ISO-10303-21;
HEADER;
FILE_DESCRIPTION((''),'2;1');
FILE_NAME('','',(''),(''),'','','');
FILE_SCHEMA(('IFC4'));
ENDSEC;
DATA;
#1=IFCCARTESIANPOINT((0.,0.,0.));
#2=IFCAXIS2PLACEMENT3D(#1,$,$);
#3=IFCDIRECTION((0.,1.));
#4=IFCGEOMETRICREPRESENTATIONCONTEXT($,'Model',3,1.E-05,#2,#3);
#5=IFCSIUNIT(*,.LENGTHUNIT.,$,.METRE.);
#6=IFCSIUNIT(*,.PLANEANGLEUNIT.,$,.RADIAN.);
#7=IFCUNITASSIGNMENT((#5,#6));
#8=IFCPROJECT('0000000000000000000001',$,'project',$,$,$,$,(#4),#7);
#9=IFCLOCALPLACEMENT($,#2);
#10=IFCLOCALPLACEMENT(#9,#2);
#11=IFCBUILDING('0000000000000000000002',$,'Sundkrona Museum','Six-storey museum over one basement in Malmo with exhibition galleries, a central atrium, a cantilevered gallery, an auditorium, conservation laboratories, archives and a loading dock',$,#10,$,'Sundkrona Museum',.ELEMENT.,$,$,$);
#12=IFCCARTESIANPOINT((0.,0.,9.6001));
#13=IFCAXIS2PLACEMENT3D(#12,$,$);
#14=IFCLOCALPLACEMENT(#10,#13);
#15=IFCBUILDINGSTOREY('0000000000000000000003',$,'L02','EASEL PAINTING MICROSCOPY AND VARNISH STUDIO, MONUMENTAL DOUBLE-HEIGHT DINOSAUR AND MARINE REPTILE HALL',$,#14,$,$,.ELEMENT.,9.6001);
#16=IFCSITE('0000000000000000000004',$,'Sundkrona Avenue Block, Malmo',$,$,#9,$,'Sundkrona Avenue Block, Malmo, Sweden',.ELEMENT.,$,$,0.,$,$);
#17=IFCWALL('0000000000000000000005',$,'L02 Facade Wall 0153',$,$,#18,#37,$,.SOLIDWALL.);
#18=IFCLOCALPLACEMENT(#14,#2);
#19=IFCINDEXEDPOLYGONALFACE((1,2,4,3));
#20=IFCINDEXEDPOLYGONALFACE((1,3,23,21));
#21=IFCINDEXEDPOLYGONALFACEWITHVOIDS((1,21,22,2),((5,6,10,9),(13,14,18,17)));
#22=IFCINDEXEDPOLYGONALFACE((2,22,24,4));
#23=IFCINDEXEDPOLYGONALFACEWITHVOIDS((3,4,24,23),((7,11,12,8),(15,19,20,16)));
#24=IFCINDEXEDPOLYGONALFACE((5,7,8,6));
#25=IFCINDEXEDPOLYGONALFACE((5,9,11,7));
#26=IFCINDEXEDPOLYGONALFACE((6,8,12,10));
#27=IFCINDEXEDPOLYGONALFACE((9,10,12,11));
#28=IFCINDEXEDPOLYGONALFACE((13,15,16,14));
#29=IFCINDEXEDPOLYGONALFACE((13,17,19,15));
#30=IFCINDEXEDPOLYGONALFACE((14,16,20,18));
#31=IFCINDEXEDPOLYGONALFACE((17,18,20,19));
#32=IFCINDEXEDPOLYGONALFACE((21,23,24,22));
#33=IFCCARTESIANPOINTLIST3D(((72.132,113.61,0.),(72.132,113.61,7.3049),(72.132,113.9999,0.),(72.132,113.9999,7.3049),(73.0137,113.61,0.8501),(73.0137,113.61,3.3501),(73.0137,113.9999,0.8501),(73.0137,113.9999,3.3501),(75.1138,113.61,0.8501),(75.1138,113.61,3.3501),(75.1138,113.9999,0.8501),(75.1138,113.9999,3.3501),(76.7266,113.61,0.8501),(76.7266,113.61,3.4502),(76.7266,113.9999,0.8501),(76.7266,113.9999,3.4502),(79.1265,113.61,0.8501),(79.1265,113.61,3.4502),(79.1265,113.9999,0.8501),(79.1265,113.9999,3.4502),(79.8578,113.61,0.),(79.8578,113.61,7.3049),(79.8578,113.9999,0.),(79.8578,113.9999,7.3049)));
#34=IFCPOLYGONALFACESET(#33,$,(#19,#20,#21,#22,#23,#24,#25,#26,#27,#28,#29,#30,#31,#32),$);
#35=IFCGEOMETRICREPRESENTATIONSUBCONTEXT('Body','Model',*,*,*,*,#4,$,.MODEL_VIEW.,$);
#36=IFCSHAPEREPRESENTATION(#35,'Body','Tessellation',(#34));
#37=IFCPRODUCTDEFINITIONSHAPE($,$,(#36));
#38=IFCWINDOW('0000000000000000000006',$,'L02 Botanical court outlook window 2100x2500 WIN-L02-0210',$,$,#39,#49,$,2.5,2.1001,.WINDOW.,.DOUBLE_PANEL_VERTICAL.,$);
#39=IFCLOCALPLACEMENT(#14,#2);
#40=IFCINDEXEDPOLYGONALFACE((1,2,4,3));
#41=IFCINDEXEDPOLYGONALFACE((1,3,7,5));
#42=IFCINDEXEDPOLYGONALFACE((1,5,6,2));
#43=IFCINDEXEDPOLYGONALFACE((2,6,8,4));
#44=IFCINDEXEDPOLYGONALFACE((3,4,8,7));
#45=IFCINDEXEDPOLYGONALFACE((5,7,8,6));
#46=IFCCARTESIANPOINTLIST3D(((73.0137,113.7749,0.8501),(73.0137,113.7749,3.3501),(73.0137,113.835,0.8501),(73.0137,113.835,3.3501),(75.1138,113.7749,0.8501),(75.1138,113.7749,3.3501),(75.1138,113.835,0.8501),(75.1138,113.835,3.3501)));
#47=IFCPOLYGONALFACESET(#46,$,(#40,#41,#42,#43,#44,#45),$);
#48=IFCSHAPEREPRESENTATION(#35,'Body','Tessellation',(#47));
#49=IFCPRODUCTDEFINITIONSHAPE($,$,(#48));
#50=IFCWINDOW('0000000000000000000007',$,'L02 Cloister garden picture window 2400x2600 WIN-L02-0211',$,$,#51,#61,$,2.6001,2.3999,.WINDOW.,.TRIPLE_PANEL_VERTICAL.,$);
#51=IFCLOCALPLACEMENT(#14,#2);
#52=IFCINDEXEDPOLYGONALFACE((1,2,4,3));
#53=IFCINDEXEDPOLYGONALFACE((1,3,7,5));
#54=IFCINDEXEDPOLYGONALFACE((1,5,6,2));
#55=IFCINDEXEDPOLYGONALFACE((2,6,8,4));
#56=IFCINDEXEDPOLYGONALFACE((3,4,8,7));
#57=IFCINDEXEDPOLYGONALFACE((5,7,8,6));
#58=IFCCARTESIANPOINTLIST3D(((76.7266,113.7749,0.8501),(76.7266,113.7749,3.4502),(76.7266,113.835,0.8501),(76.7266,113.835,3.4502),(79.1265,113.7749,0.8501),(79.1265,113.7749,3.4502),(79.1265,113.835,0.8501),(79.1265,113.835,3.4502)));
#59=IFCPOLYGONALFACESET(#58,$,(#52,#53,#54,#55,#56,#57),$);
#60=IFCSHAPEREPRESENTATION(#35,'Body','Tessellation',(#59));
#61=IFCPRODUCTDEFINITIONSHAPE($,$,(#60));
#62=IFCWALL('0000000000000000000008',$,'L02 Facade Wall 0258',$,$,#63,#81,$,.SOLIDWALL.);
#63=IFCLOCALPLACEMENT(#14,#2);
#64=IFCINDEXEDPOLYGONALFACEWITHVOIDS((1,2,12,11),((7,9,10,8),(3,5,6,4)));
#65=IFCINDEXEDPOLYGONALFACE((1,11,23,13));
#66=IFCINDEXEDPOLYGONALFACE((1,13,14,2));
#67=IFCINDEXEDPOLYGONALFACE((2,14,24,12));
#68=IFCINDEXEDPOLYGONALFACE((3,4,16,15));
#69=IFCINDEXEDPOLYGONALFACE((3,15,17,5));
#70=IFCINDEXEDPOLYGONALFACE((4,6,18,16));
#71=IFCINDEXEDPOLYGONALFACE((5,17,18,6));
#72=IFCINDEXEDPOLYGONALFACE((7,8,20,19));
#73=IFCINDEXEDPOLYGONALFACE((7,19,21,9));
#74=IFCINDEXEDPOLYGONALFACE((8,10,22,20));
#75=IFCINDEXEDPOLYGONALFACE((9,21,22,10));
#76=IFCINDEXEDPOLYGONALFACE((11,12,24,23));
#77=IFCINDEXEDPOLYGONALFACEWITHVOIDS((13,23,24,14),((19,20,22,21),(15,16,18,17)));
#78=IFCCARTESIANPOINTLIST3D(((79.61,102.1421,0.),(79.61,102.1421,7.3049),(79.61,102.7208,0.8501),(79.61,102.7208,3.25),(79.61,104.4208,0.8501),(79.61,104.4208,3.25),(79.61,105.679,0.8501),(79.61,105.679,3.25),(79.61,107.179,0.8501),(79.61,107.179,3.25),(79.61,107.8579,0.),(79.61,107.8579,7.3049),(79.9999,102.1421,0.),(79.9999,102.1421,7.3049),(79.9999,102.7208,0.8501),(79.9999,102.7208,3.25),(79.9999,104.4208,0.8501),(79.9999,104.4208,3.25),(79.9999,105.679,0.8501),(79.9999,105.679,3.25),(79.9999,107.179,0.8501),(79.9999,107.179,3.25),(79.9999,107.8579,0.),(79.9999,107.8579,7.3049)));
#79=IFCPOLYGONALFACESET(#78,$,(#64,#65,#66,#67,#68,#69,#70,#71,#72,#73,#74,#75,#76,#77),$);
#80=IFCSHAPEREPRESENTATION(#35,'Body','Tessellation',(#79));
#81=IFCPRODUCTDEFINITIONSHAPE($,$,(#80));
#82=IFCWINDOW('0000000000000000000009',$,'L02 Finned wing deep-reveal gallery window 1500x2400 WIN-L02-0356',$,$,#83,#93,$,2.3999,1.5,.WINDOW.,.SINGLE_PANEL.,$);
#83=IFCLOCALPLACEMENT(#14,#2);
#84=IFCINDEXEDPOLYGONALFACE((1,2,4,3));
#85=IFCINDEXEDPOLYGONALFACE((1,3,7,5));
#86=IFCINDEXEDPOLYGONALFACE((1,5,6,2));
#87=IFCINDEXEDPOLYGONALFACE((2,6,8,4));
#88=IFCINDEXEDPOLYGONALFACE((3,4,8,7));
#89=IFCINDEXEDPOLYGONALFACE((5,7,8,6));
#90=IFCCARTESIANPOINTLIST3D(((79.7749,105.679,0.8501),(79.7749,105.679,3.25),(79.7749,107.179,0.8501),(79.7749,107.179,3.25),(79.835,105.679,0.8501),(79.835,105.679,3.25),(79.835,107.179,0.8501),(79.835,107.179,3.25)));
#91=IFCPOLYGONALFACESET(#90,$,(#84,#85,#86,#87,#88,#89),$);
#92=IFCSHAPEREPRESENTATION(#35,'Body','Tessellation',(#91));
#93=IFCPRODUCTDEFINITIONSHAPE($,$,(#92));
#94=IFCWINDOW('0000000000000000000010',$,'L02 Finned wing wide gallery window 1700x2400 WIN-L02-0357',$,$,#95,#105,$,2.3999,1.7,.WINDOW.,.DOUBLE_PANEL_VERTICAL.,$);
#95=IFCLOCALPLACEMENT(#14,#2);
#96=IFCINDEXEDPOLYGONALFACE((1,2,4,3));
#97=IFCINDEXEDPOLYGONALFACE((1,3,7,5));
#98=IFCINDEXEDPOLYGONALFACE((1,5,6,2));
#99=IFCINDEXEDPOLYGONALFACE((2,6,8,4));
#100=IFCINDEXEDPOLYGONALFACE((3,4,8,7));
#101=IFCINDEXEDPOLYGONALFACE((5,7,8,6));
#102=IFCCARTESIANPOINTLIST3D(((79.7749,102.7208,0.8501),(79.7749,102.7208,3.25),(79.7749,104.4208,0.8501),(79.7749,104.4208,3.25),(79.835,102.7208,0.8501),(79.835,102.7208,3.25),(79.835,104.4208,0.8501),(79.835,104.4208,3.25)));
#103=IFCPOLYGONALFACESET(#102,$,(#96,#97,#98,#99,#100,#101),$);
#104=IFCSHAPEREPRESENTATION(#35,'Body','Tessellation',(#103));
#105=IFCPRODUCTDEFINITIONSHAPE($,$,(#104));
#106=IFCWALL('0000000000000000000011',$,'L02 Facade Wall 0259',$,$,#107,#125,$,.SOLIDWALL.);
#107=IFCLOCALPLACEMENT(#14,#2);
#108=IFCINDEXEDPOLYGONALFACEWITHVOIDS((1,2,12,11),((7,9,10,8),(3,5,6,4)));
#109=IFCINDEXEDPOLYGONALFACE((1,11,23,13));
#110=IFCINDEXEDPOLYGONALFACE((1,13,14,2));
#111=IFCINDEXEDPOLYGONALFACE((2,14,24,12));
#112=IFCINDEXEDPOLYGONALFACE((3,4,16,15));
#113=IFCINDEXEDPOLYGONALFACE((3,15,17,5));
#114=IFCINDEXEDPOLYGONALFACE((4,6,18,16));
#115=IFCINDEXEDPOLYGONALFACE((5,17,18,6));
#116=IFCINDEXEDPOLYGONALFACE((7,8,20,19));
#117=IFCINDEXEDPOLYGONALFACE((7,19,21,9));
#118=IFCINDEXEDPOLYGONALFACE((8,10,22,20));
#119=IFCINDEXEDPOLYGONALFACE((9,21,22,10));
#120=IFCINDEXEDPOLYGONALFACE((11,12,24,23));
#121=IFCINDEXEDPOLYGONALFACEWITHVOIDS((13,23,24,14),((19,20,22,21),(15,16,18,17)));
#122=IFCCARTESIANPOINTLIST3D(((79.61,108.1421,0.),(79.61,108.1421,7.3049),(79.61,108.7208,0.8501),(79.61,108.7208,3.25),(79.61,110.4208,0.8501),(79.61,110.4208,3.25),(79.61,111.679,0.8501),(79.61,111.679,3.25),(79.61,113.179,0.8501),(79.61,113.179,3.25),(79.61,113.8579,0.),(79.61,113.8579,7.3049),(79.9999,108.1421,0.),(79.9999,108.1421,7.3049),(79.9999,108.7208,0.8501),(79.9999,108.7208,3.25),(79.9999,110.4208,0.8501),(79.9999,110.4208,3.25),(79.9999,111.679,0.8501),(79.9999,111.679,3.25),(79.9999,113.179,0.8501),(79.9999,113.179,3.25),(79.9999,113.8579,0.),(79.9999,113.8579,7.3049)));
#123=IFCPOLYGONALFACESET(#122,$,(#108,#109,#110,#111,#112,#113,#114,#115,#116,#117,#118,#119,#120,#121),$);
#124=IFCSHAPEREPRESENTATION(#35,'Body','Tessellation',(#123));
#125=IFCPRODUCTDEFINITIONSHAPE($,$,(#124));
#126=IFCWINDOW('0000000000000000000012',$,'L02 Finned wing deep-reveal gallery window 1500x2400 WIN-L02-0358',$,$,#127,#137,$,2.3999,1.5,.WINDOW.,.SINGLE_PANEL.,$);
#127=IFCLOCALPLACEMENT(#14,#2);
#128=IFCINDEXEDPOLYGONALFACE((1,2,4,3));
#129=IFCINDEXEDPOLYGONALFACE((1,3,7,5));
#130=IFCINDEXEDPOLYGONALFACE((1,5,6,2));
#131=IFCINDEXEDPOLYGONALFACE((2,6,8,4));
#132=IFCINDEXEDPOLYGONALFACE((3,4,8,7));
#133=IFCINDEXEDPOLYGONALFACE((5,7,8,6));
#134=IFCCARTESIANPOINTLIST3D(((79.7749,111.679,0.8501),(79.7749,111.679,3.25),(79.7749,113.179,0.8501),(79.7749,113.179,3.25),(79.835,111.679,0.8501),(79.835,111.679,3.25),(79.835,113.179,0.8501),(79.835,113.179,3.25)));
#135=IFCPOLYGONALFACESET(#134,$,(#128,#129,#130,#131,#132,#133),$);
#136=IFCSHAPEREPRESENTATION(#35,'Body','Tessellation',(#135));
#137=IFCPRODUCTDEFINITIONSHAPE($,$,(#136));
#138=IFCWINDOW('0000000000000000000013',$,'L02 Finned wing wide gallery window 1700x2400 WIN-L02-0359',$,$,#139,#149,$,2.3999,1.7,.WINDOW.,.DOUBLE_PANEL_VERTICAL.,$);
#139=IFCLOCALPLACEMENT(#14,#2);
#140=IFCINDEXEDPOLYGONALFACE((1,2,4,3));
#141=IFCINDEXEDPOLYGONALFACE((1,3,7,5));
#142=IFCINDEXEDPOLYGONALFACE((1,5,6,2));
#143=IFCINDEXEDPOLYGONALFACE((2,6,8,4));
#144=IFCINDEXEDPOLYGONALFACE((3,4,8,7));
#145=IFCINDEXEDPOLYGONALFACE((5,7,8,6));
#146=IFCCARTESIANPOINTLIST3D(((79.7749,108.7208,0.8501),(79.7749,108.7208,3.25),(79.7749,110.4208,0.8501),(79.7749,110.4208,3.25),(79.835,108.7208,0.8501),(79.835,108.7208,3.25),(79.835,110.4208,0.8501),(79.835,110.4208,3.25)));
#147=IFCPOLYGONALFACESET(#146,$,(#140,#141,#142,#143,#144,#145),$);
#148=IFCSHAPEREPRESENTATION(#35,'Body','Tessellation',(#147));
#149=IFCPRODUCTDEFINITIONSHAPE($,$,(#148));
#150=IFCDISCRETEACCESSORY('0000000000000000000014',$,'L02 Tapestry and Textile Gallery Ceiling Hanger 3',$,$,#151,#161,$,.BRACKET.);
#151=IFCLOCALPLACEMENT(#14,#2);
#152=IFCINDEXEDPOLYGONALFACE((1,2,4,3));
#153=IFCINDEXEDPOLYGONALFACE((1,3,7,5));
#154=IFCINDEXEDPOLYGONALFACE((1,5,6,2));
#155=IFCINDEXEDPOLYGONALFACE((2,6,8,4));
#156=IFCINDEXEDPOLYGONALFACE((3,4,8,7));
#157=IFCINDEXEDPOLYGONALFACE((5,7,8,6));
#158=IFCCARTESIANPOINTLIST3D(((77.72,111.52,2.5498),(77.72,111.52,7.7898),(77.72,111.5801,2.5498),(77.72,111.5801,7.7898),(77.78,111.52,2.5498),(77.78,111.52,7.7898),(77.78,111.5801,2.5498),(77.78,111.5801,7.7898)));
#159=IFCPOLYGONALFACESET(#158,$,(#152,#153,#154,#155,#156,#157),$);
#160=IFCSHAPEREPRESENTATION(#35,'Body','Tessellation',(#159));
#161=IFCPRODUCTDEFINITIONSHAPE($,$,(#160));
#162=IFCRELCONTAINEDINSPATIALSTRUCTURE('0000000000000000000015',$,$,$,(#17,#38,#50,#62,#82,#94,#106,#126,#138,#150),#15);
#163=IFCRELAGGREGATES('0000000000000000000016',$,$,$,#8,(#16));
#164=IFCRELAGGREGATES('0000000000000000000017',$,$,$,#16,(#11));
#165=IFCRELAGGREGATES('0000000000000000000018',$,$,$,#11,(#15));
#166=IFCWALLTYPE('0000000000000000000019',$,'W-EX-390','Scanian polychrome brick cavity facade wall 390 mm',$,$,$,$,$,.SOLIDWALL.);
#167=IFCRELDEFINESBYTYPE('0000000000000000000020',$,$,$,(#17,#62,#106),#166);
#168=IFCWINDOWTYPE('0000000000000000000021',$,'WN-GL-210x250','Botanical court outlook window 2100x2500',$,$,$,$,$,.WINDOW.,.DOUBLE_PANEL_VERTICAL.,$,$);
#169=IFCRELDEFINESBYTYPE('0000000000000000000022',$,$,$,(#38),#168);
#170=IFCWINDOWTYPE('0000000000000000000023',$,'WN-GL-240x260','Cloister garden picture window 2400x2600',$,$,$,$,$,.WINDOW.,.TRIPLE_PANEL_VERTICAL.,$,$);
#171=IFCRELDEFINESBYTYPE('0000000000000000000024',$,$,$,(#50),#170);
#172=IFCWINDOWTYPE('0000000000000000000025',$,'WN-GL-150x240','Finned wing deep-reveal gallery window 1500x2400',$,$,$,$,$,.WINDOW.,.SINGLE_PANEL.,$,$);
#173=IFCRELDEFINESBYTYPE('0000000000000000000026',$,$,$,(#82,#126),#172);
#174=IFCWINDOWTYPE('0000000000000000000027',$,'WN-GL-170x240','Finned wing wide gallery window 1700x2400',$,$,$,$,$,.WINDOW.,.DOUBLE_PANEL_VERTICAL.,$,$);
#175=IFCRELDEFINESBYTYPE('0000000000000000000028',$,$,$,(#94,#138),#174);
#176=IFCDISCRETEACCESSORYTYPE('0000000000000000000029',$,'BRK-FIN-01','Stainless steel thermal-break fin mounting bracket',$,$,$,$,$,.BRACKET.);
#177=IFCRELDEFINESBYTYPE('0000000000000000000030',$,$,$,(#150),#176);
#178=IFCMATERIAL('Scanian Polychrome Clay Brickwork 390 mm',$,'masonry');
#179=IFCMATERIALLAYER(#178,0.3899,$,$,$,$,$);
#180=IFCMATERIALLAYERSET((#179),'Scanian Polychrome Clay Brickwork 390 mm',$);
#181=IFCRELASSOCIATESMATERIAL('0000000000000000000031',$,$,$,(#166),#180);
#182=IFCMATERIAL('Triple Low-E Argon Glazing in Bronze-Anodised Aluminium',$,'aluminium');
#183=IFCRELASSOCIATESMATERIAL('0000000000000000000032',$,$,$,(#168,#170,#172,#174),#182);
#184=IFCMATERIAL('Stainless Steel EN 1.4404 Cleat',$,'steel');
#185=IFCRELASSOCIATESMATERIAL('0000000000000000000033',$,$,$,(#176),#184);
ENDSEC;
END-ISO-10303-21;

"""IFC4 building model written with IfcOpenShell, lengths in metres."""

from ifc_helpers import new_model, si_unit, direction, frame, frame_2d, origin, origin_2d, place, context, subcontext, project, spatial, rectangle, extrude, material, layer, layer_set, type_object, element, fill, save


model = new_model("IFC4")

# Units and contexts
model_context = context("Model", 3, precision=1e-05, world=origin(), true_north=direction((0.0, 1.0)))
body_context = subcontext(model_context, "Body", "Model", "MODEL_VIEW")
ifc_project = project(units=[si_unit("LENGTHUNIT", "METRE"), si_unit("PLANEANGLEUNIT", "RADIAN")], contexts=[model_context])

# Site, building, storey
site_placement = place(None, origin())
site = spatial("IfcSite", under=ifc_project, at=site_placement, Name="Sundkrona Avenue Block, Malmo", LongName="Sundkrona Avenue Block, Malmo, Sweden", CompositionType="ELEMENT", RefElevation=0.0)
building_placement = place(site_placement, origin())
building = spatial("IfcBuilding", under=site, at=building_placement, Name="Sundkrona Museum", Description="Six-storey museum over one basement in Malmo with exhibition galleries, a central atrium, a cantilevered gallery, an auditorium, conservation laboratories, archives and a loading dock", LongName="Sundkrona Museum", CompositionType="ELEMENT")
storey_placement = place(building_placement, frame((0.0, 0.0, 9.6001)))
storey = spatial("IfcBuildingStorey", under=building, at=storey_placement, Name="L02", Description="EASEL PAINTING MICROSCOPY AND VARNISH STUDIO, MONUMENTAL DOUBLE-HEIGHT DINOSAUR AND MARINE REPTILE HALL", CompositionType="ELEMENT", Elevation=9.6001)

# Walls, openings, windows
ifc_material_1 = material(Name="Scanian Polychrome Clay Brickwork 390 mm", Category="masonry")
ifc_layer = layer(ifc_material_1, 0.3899)
ifc_layer_set = layer_set([ifc_layer], Name="Scanian Polychrome Clay Brickwork 390 mm")
wall_type = type_object("IfcWallType", Name="W-EX-390", Description="Scanian polychrome brick cavity facade wall 390 mm", PredefinedType="SOLIDWALL", material=ifc_layer_set)
wall_1_placement = place(storey_placement, frame((72.1321, 113.8049, 0.0), z_axis=(0.0, 0.0, 1.0), x_axis=(1.0, 0.0, 0.0)))
wall_1 = element("IfcWall", 1, at=wall_1_placement, inside=storey, type_object=wall_type, Name="L02 Facade Wall 0153", PredefinedType="SOLIDWALL", context=body_context, shape_type="SweptSolid", body=[
    extrude(rectangle(XDim=7.7258, YDim=0.3899, at=frame_2d((3.8628, 0.0))), origin(), (0.0, 0.0, 1.0), 7.3049),
])
opening_1_placement = place(wall_1_placement, frame((0.8816, 0.0, 0.8501)))
opening_1 = element("IfcOpeningElement", 2, at=opening_1_placement, cuts=wall_1, PredefinedType="OPENING", context=body_context, shape_type="SweptSolid", body=[
    extrude(rectangle(XDim=2.1001, YDim=2.5, at=frame_2d((1.05, 1.25))), frame((0.0, 0.2048, 0.0), z_axis=(0.0, -1.0, 0.0), x_axis=(1.0, 0.0, 0.0)), (0.0, 0.0, 1.0), 0.4099),
])
opening_2_placement = place(wall_1_placement, frame((4.5945, 0.0, 0.8501)))
opening_2 = element("IfcOpeningElement", 3, at=opening_2_placement, cuts=wall_1, PredefinedType="OPENING", context=body_context, shape_type="SweptSolid", body=[
    extrude(rectangle(XDim=2.3999, YDim=2.6001, at=frame_2d((1.2, 1.3))), frame((0.0, 0.2048, 0.0), z_axis=(0.0, -1.0, 0.0), x_axis=(1.0, 0.0, 0.0)), (0.0, 0.0, 1.0), 0.4099),
])
ifc_material_2 = material(Name="Triple Low-E Argon Glazing in Bronze-Anodised Aluminium", Category="aluminium")
window_type_1 = type_object("IfcWindowType", Name="WN-GL-210x250", Description="Botanical court outlook window 2100x2500", PartitioningType="DOUBLE_PANEL_VERTICAL", PredefinedType="WINDOW", material=ifc_material_2)
window_1_placement = place(opening_1_placement, origin())
window_1 = element("IfcWindow", 4, at=window_1_placement, inside=storey, type_object=window_type_1, Name="L02 Botanical court outlook window 2100x2500 WIN-L02-0210", OverallHeight=2.5, OverallWidth=2.1001, PartitioningType="DOUBLE_PANEL_VERTICAL", PredefinedType="WINDOW", context=body_context, shape_type="SweptSolid", body=[
    extrude(rectangle(XDim=2.1001, YDim=2.5, at=frame_2d((1.05, 1.25))), frame((0.0, 0.03, 0.0), z_axis=(0.0, -1.0, 0.0), x_axis=(1.0, 0.0, 0.0)), (0.0, 0.0, 1.0), 0.0601),
])
fill(opening_1, window_1)
window_type_2 = type_object("IfcWindowType", Name="WN-GL-240x260", Description="Cloister garden picture window 2400x2600", PartitioningType="TRIPLE_PANEL_VERTICAL", PredefinedType="WINDOW", material=ifc_material_2)
window_2_placement = place(opening_2_placement, origin())
window_2 = element("IfcWindow", 5, at=window_2_placement, inside=storey, type_object=window_type_2, Name="L02 Cloister garden picture window 2400x2600 WIN-L02-0211", OverallHeight=2.6001, OverallWidth=2.3999, PartitioningType="TRIPLE_PANEL_VERTICAL", PredefinedType="WINDOW", context=body_context, shape_type="SweptSolid", body=[
    extrude(rectangle(XDim=2.3999, YDim=2.6001, at=frame_2d((1.2, 1.3))), frame((0.0, 0.03, 0.0), z_axis=(0.0, -1.0, 0.0), x_axis=(1.0, 0.0, 0.0)), (0.0, 0.0, 1.0), 0.0601),
])
fill(opening_2, window_2)
wall_2_placement = place(storey_placement, frame((79.8049, 107.8579, 0.0), z_axis=(0.0, 0.0, 1.0), x_axis=(0.0, -1.0, 0.0)))
wall_2 = element("IfcWall", 6, at=wall_2_placement, inside=storey, type_object=wall_type, Name="L02 Facade Wall 0258", PredefinedType="SOLIDWALL", context=body_context, shape_type="SweptSolid", body=[
    extrude(rectangle(XDim=5.7158, YDim=0.3899, at=frame_2d((2.8579, 0.0))), origin(), (0.0, 0.0, 1.0), 7.3049),
])
opening_3_placement = place(wall_2_placement, frame((0.679, 0.0, 0.8501)))
opening_3 = element("IfcOpeningElement", 7, at=opening_3_placement, cuts=wall_2, PredefinedType="OPENING", context=body_context, shape_type="SweptSolid", body=[
    extrude(rectangle(XDim=1.5, YDim=2.3999, at=frame_2d((0.75, 1.2))), frame((0.0, 0.2048, 0.0), z_axis=(0.0, -1.0, 0.0), x_axis=(1.0, 0.0, 0.0)), (0.0, 0.0, 1.0), 0.4099),
])
opening_4_placement = place(wall_2_placement, frame((3.437, 0.0, 0.8501)))
opening_4 = element("IfcOpeningElement", 8, at=opening_4_placement, cuts=wall_2, PredefinedType="OPENING", context=body_context, shape_type="SweptSolid", body=[
    extrude(rectangle(XDim=1.7, YDim=2.3999, at=frame_2d((0.8501, 1.2))), frame((0.0, 0.2048, 0.0), z_axis=(0.0, -1.0, 0.0), x_axis=(1.0, 0.0, 0.0)), (0.0, 0.0, 1.0), 0.4099),
])
window_type_3 = type_object("IfcWindowType", Name="WN-GL-150x240", Description="Finned wing deep-reveal gallery window 1500x2400", PartitioningType="SINGLE_PANEL", PredefinedType="WINDOW", material=ifc_material_2)
window_3_placement = place(opening_3_placement, origin())
window_3 = element("IfcWindow", 9, at=window_3_placement, inside=storey, type_object=window_type_3, Name="L02 Finned wing deep-reveal gallery window 1500x2400 WIN-L02-0356", OverallHeight=2.3999, OverallWidth=1.5, PartitioningType="SINGLE_PANEL", PredefinedType="WINDOW", context=body_context, shape_type="SweptSolid", body=[
    extrude(rectangle(XDim=1.5, YDim=2.3999, at=frame_2d((0.75, 1.2))), frame((0.0, 0.03, 0.0), z_axis=(0.0, -1.0, 0.0), x_axis=(1.0, 0.0, 0.0)), (0.0, 0.0, 1.0), 0.0601),
])
fill(opening_3, window_3)
window_type_4 = type_object("IfcWindowType", Name="WN-GL-170x240", Description="Finned wing wide gallery window 1700x2400", PartitioningType="DOUBLE_PANEL_VERTICAL", PredefinedType="WINDOW", material=ifc_material_2)
window_4_placement = place(opening_4_placement, origin())
window_4 = element("IfcWindow", 10, at=window_4_placement, inside=storey, type_object=window_type_4, Name="L02 Finned wing wide gallery window 1700x2400 WIN-L02-0357", OverallHeight=2.3999, OverallWidth=1.7, PartitioningType="DOUBLE_PANEL_VERTICAL", PredefinedType="WINDOW", context=body_context, shape_type="SweptSolid", body=[
    extrude(rectangle(XDim=1.7, YDim=2.3999, at=frame_2d((0.8501, 1.2))), frame((0.0, 0.03, 0.0), z_axis=(0.0, -1.0, 0.0), x_axis=(1.0, 0.0, 0.0)), (0.0, 0.0, 1.0), 0.0601),
])
fill(opening_4, window_4)
wall_3_placement = place(storey_placement, frame((79.8049, 113.8579, 0.0), z_axis=(0.0, 0.0, 1.0), x_axis=(0.0, -1.0, 0.0)))
wall_3 = element("IfcWall", 11, at=wall_3_placement, inside=storey, type_object=wall_type, Name="L02 Facade Wall 0259", PredefinedType="SOLIDWALL", context=body_context, shape_type="SweptSolid", body=[
    extrude(rectangle(XDim=5.7158, YDim=0.3899, at=frame_2d((2.8579, 0.0))), origin(), (0.0, 0.0, 1.0), 7.3049),
])
opening_5_placement = place(wall_3_placement, frame((0.679, 0.0, 0.8501)))
opening_5 = element("IfcOpeningElement", 12, at=opening_5_placement, cuts=wall_3, PredefinedType="OPENING", context=body_context, shape_type="SweptSolid", body=[
    extrude(rectangle(XDim=1.5, YDim=2.3999, at=frame_2d((0.75, 1.2))), frame((0.0, 0.2048, 0.0), z_axis=(0.0, -1.0, 0.0), x_axis=(1.0, 0.0, 0.0)), (0.0, 0.0, 1.0), 0.4099),
])
opening_6_placement = place(wall_3_placement, frame((3.437, 0.0, 0.8501)))
opening_6 = element("IfcOpeningElement", 13, at=opening_6_placement, cuts=wall_3, PredefinedType="OPENING", context=body_context, shape_type="SweptSolid", body=[
    extrude(rectangle(XDim=1.7, YDim=2.3999, at=frame_2d((0.8501, 1.2))), frame((0.0, 0.2048, 0.0), z_axis=(0.0, -1.0, 0.0), x_axis=(1.0, 0.0, 0.0)), (0.0, 0.0, 1.0), 0.4099),
])
window_5_placement = place(opening_5_placement, origin())
window_5 = element("IfcWindow", 14, at=window_5_placement, inside=storey, type_object=window_type_3, Name="L02 Finned wing deep-reveal gallery window 1500x2400 WIN-L02-0358", OverallHeight=2.3999, OverallWidth=1.5, PartitioningType="SINGLE_PANEL", PredefinedType="WINDOW", context=body_context, shape_type="SweptSolid", body=[
    extrude(rectangle(XDim=1.5, YDim=2.3999, at=frame_2d((0.75, 1.2))), frame((0.0, 0.03, 0.0), z_axis=(0.0, -1.0, 0.0), x_axis=(1.0, 0.0, 0.0)), (0.0, 0.0, 1.0), 0.0601),
])
fill(opening_5, window_5)
window_6_placement = place(opening_6_placement, origin())
window_6 = element("IfcWindow", 15, at=window_6_placement, inside=storey, type_object=window_type_4, Name="L02 Finned wing wide gallery window 1700x2400 WIN-L02-0359", OverallHeight=2.3999, OverallWidth=1.7, PartitioningType="DOUBLE_PANEL_VERTICAL", PredefinedType="WINDOW", context=body_context, shape_type="SweptSolid", body=[
    extrude(rectangle(XDim=1.7, YDim=2.3999, at=frame_2d((0.8501, 1.2))), frame((0.0, 0.03, 0.0), z_axis=(0.0, -1.0, 0.0), x_axis=(1.0, 0.0, 0.0)), (0.0, 0.0, 1.0), 0.0601),
])
fill(opening_6, window_6)

# Discrete accessory
ifc_material_3 = material(Name="Stainless Steel EN 1.4404 Cleat", Category="steel")
discrete_accessory_type = type_object("IfcDiscreteAccessoryType", Name="BRK-FIN-01", Description="Stainless steel thermal-break fin mounting bracket", PredefinedType="BRACKET", material=ifc_material_3)
discrete_accessory_placement = place(storey_placement, frame((77.75, 111.55, 2.5498), z_axis=(0.0, 0.0, 1.0), x_axis=(1.0, 0.0, 0.0)))
element("IfcDiscreteAccessory", 16, at=discrete_accessory_placement, inside=storey, type_object=discrete_accessory_type, Name="L02 Tapestry and Textile Gallery Ceiling Hanger 3", PredefinedType="BRACKET", context=body_context, shape_type="SweptSolid", body=[
    extrude(rectangle(XDim=0.0601, YDim=0.0601, at=origin_2d()), origin(), (0.0, 0.0, 1.0), 5.24),
])

save(model, "model.ifc")
